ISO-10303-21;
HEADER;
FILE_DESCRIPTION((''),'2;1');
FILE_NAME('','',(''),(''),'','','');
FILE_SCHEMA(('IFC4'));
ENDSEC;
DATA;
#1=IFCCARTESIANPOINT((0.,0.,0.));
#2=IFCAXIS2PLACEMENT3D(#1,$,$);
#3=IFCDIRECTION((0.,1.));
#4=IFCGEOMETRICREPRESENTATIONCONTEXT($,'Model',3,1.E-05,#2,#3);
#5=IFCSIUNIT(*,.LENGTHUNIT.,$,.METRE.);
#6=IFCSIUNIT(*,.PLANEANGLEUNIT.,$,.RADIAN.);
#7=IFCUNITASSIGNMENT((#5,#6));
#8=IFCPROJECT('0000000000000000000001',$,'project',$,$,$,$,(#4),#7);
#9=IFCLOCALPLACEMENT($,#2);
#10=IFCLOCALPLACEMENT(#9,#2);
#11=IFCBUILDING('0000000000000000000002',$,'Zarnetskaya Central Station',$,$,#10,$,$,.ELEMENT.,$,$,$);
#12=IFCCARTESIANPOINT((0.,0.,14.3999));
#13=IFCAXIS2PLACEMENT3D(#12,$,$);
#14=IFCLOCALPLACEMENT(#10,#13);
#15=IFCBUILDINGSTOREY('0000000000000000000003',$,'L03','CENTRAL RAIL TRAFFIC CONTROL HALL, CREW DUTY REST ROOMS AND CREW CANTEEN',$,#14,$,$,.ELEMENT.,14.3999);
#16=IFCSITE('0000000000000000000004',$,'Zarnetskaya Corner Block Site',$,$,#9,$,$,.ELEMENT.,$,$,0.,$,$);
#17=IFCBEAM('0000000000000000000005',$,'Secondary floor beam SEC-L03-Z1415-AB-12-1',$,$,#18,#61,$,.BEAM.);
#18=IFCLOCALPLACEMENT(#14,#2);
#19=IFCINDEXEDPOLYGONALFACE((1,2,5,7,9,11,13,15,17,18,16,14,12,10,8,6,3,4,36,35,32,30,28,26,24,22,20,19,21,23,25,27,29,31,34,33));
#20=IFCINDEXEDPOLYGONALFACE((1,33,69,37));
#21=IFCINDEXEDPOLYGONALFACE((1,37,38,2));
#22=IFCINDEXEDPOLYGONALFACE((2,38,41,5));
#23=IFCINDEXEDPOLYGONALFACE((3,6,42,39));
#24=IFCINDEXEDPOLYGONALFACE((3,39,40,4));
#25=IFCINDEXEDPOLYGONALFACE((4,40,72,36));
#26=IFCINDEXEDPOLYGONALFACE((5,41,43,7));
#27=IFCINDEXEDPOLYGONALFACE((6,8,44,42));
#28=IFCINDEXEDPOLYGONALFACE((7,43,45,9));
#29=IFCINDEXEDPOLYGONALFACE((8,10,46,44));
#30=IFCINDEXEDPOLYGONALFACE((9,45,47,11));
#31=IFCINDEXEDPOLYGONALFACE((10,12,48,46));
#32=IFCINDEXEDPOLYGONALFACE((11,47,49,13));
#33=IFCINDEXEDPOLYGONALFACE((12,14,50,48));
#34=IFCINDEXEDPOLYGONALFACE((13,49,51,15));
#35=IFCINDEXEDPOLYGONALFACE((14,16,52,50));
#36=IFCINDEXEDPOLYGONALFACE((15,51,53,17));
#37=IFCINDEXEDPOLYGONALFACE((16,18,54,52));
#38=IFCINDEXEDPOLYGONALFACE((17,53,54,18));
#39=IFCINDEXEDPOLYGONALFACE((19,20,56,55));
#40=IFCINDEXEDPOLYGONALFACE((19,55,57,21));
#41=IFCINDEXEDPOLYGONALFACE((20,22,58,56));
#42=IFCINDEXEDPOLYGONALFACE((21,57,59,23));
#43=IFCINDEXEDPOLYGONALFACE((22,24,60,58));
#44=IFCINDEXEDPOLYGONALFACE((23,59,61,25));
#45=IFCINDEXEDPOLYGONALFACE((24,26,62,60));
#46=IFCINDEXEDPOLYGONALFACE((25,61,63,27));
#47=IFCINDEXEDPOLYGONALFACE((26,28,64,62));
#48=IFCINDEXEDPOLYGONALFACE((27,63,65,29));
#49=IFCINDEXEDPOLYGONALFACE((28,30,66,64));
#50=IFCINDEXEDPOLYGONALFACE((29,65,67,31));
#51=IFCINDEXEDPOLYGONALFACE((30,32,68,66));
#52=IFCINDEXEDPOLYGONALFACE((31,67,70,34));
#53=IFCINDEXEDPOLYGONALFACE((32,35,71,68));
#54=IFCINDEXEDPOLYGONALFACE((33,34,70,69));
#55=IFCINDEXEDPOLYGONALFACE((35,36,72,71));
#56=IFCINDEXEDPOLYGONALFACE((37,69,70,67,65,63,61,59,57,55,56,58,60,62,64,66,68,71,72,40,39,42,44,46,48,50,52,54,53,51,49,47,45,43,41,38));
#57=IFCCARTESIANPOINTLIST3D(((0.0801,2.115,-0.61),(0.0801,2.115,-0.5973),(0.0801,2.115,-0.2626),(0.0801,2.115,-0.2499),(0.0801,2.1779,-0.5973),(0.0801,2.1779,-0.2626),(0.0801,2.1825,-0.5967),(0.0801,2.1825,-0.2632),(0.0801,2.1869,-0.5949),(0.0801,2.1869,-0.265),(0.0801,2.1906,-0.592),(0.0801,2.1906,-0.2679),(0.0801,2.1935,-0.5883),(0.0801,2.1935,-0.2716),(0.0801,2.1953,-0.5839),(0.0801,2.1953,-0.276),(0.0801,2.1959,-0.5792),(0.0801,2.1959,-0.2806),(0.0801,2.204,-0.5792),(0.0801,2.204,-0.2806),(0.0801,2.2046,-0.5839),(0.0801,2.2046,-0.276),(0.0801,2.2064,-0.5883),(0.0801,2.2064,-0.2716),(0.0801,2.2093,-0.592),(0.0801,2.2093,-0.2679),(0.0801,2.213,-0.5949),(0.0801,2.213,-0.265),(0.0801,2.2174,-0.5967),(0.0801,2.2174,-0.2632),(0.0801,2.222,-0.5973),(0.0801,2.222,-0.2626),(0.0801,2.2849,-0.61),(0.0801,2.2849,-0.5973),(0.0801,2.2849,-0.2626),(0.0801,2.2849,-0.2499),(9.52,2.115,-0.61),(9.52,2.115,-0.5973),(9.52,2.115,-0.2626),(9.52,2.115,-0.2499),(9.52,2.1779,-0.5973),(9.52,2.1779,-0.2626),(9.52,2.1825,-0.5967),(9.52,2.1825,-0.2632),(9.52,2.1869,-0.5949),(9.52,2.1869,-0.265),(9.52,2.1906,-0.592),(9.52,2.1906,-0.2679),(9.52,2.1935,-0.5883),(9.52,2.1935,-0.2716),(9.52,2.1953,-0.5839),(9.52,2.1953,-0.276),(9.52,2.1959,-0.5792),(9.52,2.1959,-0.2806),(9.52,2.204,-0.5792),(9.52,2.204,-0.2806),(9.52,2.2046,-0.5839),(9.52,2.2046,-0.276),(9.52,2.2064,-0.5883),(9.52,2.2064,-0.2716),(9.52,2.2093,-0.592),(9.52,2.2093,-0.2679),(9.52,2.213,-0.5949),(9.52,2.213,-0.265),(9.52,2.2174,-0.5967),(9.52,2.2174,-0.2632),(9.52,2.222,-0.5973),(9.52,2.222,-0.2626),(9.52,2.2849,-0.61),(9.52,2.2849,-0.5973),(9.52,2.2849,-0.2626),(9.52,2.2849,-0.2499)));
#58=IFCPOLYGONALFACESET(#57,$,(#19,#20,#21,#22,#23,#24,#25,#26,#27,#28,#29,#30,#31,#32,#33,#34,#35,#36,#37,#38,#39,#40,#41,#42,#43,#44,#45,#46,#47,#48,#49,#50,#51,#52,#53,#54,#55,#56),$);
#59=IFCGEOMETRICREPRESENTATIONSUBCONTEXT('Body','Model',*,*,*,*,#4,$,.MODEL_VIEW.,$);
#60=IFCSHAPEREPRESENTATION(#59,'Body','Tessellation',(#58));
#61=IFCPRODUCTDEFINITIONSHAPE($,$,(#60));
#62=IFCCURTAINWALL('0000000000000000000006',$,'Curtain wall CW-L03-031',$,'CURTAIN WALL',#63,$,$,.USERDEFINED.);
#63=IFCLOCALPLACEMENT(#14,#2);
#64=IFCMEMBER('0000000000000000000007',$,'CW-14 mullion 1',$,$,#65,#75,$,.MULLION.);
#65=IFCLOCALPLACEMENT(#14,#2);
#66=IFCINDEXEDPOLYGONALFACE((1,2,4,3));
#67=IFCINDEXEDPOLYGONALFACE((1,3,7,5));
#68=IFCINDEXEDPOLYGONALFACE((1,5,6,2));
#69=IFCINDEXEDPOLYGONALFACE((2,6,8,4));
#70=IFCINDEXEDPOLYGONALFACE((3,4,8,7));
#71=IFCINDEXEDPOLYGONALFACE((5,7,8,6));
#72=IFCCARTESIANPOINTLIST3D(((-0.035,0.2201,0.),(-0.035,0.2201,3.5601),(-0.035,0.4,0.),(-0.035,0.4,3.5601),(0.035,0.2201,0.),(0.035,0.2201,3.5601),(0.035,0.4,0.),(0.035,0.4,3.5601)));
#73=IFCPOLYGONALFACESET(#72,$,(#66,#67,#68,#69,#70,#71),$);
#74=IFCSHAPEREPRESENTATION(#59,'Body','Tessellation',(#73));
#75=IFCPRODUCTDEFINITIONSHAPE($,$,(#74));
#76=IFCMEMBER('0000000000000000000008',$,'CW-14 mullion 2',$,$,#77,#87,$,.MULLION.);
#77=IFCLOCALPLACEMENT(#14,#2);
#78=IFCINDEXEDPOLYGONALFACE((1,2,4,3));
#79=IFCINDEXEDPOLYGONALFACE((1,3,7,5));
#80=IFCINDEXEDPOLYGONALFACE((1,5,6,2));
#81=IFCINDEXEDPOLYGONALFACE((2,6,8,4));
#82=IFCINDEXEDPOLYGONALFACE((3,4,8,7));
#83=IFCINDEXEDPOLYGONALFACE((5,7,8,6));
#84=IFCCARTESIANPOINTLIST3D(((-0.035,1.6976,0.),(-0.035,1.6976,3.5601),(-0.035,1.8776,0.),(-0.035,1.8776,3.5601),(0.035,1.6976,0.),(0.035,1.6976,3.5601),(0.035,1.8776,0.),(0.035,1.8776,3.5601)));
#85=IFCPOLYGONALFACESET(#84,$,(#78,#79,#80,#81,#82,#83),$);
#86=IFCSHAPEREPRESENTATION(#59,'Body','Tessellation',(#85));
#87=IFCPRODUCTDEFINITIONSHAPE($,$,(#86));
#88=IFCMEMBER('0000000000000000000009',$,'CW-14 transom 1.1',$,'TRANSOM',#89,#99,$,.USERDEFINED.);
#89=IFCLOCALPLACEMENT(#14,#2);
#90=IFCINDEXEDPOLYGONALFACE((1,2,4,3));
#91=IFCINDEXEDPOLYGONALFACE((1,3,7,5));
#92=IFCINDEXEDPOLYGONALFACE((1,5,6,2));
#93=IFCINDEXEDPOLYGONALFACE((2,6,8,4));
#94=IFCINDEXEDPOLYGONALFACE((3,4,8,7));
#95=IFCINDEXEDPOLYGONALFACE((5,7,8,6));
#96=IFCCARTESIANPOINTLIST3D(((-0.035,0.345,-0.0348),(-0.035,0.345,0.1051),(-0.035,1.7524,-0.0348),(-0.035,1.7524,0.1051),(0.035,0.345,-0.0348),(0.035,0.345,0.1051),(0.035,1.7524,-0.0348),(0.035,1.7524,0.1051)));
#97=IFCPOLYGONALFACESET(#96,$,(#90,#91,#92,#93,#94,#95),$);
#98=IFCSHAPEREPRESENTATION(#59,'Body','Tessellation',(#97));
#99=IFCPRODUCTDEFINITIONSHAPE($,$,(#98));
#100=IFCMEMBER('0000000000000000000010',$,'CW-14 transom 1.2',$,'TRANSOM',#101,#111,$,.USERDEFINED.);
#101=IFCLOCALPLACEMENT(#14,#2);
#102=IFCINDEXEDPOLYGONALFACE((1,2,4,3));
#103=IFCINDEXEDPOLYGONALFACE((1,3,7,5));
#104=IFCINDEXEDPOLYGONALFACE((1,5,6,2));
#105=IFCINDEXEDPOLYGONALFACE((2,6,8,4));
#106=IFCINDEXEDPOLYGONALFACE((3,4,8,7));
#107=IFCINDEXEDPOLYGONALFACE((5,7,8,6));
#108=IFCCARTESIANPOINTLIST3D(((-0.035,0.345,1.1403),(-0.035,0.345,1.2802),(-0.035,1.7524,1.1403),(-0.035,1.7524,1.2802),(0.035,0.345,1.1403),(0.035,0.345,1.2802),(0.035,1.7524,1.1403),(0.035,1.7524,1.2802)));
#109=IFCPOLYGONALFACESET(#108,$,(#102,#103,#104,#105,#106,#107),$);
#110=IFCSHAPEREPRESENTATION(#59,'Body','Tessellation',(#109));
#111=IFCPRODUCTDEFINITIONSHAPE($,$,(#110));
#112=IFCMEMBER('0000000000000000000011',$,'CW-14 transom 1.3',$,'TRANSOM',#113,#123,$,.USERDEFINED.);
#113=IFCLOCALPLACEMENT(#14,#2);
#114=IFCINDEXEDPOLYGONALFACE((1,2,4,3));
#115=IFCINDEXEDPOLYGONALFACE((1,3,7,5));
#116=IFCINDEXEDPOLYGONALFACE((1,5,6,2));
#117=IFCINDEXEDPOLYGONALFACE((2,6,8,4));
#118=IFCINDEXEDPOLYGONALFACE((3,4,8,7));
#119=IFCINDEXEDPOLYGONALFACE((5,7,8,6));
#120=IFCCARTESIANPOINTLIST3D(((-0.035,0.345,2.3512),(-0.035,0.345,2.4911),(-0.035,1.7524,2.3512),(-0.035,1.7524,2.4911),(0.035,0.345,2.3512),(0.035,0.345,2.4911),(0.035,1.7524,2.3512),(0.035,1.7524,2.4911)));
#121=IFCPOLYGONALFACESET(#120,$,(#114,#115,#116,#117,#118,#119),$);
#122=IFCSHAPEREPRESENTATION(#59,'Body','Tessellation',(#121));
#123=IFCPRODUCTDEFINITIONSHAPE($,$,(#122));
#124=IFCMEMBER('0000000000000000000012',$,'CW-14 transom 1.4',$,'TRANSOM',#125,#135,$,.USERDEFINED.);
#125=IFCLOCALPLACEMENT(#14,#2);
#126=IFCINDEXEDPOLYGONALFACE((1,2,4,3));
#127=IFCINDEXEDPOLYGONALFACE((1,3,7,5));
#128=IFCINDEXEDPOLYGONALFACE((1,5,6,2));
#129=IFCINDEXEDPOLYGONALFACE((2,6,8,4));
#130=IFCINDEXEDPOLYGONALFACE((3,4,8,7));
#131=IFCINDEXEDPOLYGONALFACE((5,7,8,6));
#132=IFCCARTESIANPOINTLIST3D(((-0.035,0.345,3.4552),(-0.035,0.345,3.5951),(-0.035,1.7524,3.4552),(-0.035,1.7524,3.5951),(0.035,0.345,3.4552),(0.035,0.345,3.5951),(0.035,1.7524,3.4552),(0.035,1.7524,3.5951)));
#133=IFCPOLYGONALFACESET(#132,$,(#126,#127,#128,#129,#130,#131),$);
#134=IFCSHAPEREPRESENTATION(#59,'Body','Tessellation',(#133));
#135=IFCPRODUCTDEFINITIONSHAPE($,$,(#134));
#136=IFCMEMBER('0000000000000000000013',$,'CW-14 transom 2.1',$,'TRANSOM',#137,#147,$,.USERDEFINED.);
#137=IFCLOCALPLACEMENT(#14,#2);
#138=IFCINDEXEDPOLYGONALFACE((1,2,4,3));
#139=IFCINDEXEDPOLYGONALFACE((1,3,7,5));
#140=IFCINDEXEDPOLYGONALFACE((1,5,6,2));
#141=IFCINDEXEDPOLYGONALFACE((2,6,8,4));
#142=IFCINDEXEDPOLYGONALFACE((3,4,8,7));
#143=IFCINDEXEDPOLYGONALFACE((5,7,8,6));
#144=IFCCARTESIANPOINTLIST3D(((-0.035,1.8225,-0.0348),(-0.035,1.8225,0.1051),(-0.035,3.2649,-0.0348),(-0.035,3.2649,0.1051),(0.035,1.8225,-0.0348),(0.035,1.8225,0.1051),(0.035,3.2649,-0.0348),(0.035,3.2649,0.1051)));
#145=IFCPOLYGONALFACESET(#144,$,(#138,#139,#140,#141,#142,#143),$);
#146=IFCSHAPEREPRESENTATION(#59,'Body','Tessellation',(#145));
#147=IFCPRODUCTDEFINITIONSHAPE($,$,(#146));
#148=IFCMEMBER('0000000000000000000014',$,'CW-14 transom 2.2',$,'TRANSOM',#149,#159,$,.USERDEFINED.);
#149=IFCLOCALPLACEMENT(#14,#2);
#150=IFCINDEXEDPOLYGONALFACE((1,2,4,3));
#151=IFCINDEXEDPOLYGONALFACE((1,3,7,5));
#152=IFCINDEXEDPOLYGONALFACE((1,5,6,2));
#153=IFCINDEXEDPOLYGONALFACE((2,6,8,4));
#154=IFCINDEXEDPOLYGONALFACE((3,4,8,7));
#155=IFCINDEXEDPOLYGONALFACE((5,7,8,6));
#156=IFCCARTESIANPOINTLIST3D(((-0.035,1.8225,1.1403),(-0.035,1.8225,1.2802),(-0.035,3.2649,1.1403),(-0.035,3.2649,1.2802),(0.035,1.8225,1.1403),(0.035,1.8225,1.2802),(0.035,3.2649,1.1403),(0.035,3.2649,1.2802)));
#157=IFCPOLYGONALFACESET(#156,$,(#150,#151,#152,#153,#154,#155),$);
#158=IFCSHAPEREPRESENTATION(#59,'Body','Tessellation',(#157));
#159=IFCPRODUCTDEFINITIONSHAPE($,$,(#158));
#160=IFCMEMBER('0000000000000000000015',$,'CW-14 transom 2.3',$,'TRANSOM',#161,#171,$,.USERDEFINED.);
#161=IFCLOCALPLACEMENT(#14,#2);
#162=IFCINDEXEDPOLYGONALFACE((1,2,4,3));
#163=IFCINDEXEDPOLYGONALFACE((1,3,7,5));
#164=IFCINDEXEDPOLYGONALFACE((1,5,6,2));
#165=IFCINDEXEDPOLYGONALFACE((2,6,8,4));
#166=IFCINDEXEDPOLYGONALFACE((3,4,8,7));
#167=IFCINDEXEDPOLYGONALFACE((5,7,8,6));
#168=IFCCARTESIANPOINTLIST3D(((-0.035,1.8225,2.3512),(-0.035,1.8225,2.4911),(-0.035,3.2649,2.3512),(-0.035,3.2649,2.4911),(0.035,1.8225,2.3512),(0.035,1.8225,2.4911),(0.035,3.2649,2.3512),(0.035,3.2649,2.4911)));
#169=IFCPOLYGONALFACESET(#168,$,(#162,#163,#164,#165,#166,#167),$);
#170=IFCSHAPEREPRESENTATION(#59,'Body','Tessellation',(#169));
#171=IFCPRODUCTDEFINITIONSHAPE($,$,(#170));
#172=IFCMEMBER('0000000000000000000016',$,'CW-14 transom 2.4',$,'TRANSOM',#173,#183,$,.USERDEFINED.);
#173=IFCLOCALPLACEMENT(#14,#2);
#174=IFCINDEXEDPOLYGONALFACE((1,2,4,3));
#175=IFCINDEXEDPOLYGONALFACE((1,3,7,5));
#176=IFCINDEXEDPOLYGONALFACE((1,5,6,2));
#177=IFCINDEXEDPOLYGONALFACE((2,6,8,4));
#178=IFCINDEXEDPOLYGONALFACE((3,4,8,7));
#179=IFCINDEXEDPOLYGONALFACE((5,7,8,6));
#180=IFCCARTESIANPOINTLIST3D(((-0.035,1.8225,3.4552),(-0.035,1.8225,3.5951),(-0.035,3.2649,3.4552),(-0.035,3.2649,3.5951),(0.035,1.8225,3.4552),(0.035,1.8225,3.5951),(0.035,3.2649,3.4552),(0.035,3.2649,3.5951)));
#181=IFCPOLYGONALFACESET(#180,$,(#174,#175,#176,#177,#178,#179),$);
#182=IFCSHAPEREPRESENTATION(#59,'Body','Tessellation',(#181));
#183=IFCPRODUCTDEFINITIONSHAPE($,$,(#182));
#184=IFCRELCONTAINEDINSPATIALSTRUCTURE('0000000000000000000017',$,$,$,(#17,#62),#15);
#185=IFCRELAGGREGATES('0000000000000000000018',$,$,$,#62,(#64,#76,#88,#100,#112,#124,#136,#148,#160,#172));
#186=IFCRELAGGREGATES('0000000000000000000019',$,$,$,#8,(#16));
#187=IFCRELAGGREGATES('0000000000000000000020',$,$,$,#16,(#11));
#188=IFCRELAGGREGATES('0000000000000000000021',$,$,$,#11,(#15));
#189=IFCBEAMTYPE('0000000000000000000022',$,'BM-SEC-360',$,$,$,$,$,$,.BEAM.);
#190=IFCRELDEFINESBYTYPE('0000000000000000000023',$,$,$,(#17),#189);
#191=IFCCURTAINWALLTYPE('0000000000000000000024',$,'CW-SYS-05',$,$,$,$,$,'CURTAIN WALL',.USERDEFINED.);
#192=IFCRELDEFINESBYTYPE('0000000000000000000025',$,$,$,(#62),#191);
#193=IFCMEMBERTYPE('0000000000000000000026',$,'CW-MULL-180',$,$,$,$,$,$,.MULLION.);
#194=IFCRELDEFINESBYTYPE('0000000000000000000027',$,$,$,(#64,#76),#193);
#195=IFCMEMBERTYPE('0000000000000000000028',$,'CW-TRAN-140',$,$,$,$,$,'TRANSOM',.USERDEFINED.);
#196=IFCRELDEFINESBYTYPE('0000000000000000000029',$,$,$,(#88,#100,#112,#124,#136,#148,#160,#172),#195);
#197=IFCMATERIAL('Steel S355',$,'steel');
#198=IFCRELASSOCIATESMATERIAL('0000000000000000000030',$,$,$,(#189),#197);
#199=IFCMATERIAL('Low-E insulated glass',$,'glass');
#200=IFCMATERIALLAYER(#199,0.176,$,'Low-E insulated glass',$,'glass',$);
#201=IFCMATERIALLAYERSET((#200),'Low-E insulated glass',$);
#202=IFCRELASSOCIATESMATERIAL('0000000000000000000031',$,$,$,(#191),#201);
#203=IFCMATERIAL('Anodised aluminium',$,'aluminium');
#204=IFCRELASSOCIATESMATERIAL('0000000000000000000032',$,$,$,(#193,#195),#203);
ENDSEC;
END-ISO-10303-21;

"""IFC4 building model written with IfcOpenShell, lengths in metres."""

from ifc_helpers import new_model, si_unit, direction, frame, origin, origin_2d, place, context, subcontext, project, spatial, rectangle, i_section, extrude, material, layer, layer_set, material_profile, profile_set, type_object, element, aggregate, save


model = new_model("IFC4")

# Units and contexts
model_context = context("Model", 3, precision=1e-05, world=origin(), true_north=direction((0.0, 1.0)))
body_context = subcontext(model_context, "Body", "Model", "MODEL_VIEW")
ifc_project = project(units=[si_unit("LENGTHUNIT", "METRE"), si_unit("PLANEANGLEUNIT", "RADIAN")], contexts=[model_context])

# Site, building, storey
site_placement = place(None, origin())
site = spatial("IfcSite", under=ifc_project, at=site_placement, Name="Zarnetskaya Corner Block Site", CompositionType="ELEMENT", RefElevation=0.0)
building_placement = place(site_placement, origin())
building = spatial("IfcBuilding", under=site, at=building_placement, Name="Zarnetskaya Central Station", CompositionType="ELEMENT")
storey_placement = place(building_placement, frame((0.0, 0.0, 14.3999)))
storey = spatial("IfcBuildingStorey", under=building, at=storey_placement, Name="L03", Description="CENTRAL RAIL TRAFFIC CONTROL HALL, CREW DUTY REST ROOMS AND CREW CANTEEN", CompositionType="ELEMENT", Elevation=14.3999)

# Beam
ifc_material_1 = material(Name="Steel S355", Category="steel")
ifc_material_profile_1 = material_profile(ifc_material_1, i_section(OverallWidth=0.1699, OverallDepth=0.3601, WebThickness=0.0081, FlangeThickness=0.0127, FilletRadius=0.0181, at=origin_2d()), Name="IPE 360")
ifc_profile_set_1 = profile_set([ifc_material_profile_1], Name="Steel S355")
beam_type = type_object("IfcBeamType", Name="BM-SEC-360", PredefinedType="BEAM", material=ifc_profile_set_1)
beam_placement = place(storey_placement, frame((0.0801, 2.2, -0.4299), z_axis=(1.0, 0.0, 0.0), x_axis=(0.0, 1.0, 0.0)))
element("IfcBeam", 1, at=beam_placement, inside=storey, type_object=beam_type, Name="Secondary floor beam SEC-L03-Z1415-AB-12-1", PredefinedType="BEAM", context=body_context, shape_type="SweptSolid", body=[
    extrude(i_section(OverallWidth=0.1699, OverallDepth=0.3601, WebThickness=0.0081, FlangeThickness=0.0127, FilletRadius=0.0181, at=origin_2d()), origin(), (0.0, 0.0, 1.0), 9.4399),
])

# Curtain wall, members
ifc_material_2 = material(Name="Low-E insulated glass", Category="glass")
ifc_layer_1 = layer(ifc_material_2, 0.176, Name="Low-E insulated glass", Category="glass")
ifc_layer_set_1 = layer_set([ifc_layer_1], Name="Low-E insulated glass")
curtain_wall_type = type_object("IfcCurtainWallType", Name="CW-SYS-05", ElementType="CURTAIN WALL", PredefinedType="USERDEFINED", material=ifc_layer_set_1)
curtain_wall_placement = place(storey_placement, origin())
curtain_wall = element("IfcCurtainWall", 2, at=curtain_wall_placement, inside=storey, type_object=curtain_wall_type, Name="Curtain wall CW-L03-031", ObjectType="CURTAIN WALL", PredefinedType="USERDEFINED")
ifc_material_3 = material(Name="Anodised aluminium", Category="aluminium")
ifc_material_profile_2 = material_profile(ifc_material_3, rectangle(XDim=0.0701, YDim=0.1799, at=origin_2d()), Name="ALU MULL 70x180")
ifc_profile_set_2 = profile_set([ifc_material_profile_2], Name="Anodised aluminium")
member_type_1 = type_object("IfcMemberType", Name="CW-MULL-180", PredefinedType="MULLION", material=ifc_profile_set_2)
member_1_placement = place(storey_placement, frame((0.0, 0.3101, 0.0), z_axis=(0.0, 0.0, 1.0), x_axis=(-1.0, 0.0, 0.0)))
member_1 = element("IfcMember", 3, at=member_1_placement, type_object=member_type_1, Name="CW-14 mullion 1", PredefinedType="MULLION", context=body_context, shape_type="SweptSolid", body=[
    extrude(rectangle(XDim=0.0701, YDim=0.1799, at=origin_2d()), origin(), (0.0, 0.0, 1.0), 3.5601),
])
member_2_placement = place(storey_placement, frame((0.0, 1.7876, 0.0), z_axis=(0.0, 0.0, 1.0), x_axis=(-1.0, 0.0, 0.0)))
member_2 = element("IfcMember", 4, at=member_2_placement, type_object=member_type_1, Name="CW-14 mullion 2", PredefinedType="MULLION", context=body_context, shape_type="SweptSolid", body=[
    extrude(rectangle(XDim=0.0701, YDim=0.1799, at=origin_2d()), origin(), (0.0, 0.0, 1.0), 3.5601),
])
ifc_material_profile_3 = material_profile(ifc_material_3, rectangle(XDim=0.0701, YDim=0.1399, at=origin_2d()), Name="ALU TRAN 70x140")
ifc_profile_set_3 = profile_set([ifc_material_profile_3], Name="Anodised aluminium")
member_type_2 = type_object("IfcMemberType", Name="CW-TRAN-140", ElementType="TRANSOM", PredefinedType="USERDEFINED", material=ifc_profile_set_3)
member_3_placement = place(storey_placement, frame((0.0, 0.345, 0.0352), z_axis=(0.0, 1.0, 0.0), x_axis=(-1.0, 0.0, 0.0)))
member_3 = element("IfcMember", 5, at=member_3_placement, type_object=member_type_2, Name="CW-14 transom 1.1", ObjectType="TRANSOM", PredefinedType="USERDEFINED", context=body_context, shape_type="SweptSolid", body=[
    extrude(rectangle(XDim=0.0701, YDim=0.1399, at=origin_2d()), origin(), (0.0, 0.0, 1.0), 1.4075),
])
member_4_placement = place(storey_placement, frame((0.0, 0.345, 1.2102), z_axis=(0.0, 1.0, 0.0), x_axis=(-1.0, 0.0, 0.0)))
member_4 = element("IfcMember", 6, at=member_4_placement, type_object=member_type_2, Name="CW-14 transom 1.2", ObjectType="TRANSOM", PredefinedType="USERDEFINED", context=body_context, shape_type="SweptSolid", body=[
    extrude(rectangle(XDim=0.0701, YDim=0.1399, at=origin_2d()), origin(), (0.0, 0.0, 1.0), 1.4075),
])
member_5_placement = place(storey_placement, frame((0.0, 0.345, 2.4211), z_axis=(0.0, 1.0, 0.0), x_axis=(-1.0, 0.0, 0.0)))
member_5 = element("IfcMember", 7, at=member_5_placement, type_object=member_type_2, Name="CW-14 transom 1.3", ObjectType="TRANSOM", PredefinedType="USERDEFINED", context=body_context, shape_type="SweptSolid", body=[
    extrude(rectangle(XDim=0.0701, YDim=0.1399, at=origin_2d()), origin(), (0.0, 0.0, 1.0), 1.4075),
])
member_6_placement = place(storey_placement, frame((0.0, 0.345, 3.5251), z_axis=(0.0, 1.0, 0.0), x_axis=(-1.0, 0.0, 0.0)))
member_6 = element("IfcMember", 8, at=member_6_placement, type_object=member_type_2, Name="CW-14 transom 1.4", ObjectType="TRANSOM", PredefinedType="USERDEFINED", context=body_context, shape_type="SweptSolid", body=[
    extrude(rectangle(XDim=0.0701, YDim=0.1399, at=origin_2d()), origin(), (0.0, 0.0, 1.0), 1.4075),
])
member_7_placement = place(storey_placement, frame((0.0, 1.8225, 0.0352), z_axis=(0.0, 1.0, 0.0), x_axis=(-1.0, 0.0, 0.0)))
member_7 = element("IfcMember", 9, at=member_7_placement, type_object=member_type_2, Name="CW-14 transom 2.1", ObjectType="TRANSOM", PredefinedType="USERDEFINED", context=body_context, shape_type="SweptSolid", body=[
    extrude(rectangle(XDim=0.0701, YDim=0.1399, at=origin_2d()), origin(), (0.0, 0.0, 1.0), 1.4424),
])
member_8_placement = place(storey_placement, frame((0.0, 1.8225, 1.2102), z_axis=(0.0, 1.0, 0.0), x_axis=(-1.0, 0.0, 0.0)))
member_8 = element("IfcMember", 10, at=member_8_placement, type_object=member_type_2, Name="CW-14 transom 2.2", ObjectType="TRANSOM", PredefinedType="USERDEFINED", context=body_context, shape_type="SweptSolid", body=[
    extrude(rectangle(XDim=0.0701, YDim=0.1399, at=origin_2d()), origin(), (0.0, 0.0, 1.0), 1.4424),
])
member_9_placement = place(storey_placement, frame((0.0, 1.8225, 2.4211), z_axis=(0.0, 1.0, 0.0), x_axis=(-1.0, 0.0, 0.0)))
member_9 = element("IfcMember", 11, at=member_9_placement, type_object=member_type_2, Name="CW-14 transom 2.3", ObjectType="TRANSOM", PredefinedType="USERDEFINED", context=body_context, shape_type="SweptSolid", body=[
    extrude(rectangle(XDim=0.0701, YDim=0.1399, at=origin_2d()), origin(), (0.0, 0.0, 1.0), 1.4424),
])
member_10_placement = place(storey_placement, frame((0.0, 1.8225, 3.5251), z_axis=(0.0, 1.0, 0.0), x_axis=(-1.0, 0.0, 0.0)))
member_10 = element("IfcMember", 12, at=member_10_placement, type_object=member_type_2, Name="CW-14 transom 2.4", ObjectType="TRANSOM", PredefinedType="USERDEFINED", context=body_context, shape_type="SweptSolid", body=[
    extrude(rectangle(XDim=0.0701, YDim=0.1399, at=origin_2d()), origin(), (0.0, 0.0, 1.0), 1.4424),
])
aggregate(curtain_wall, [member_1, member_2, member_3, member_4, member_5, member_6, member_7, member_8, member_9, member_10])

save(model, "model.ifc")
